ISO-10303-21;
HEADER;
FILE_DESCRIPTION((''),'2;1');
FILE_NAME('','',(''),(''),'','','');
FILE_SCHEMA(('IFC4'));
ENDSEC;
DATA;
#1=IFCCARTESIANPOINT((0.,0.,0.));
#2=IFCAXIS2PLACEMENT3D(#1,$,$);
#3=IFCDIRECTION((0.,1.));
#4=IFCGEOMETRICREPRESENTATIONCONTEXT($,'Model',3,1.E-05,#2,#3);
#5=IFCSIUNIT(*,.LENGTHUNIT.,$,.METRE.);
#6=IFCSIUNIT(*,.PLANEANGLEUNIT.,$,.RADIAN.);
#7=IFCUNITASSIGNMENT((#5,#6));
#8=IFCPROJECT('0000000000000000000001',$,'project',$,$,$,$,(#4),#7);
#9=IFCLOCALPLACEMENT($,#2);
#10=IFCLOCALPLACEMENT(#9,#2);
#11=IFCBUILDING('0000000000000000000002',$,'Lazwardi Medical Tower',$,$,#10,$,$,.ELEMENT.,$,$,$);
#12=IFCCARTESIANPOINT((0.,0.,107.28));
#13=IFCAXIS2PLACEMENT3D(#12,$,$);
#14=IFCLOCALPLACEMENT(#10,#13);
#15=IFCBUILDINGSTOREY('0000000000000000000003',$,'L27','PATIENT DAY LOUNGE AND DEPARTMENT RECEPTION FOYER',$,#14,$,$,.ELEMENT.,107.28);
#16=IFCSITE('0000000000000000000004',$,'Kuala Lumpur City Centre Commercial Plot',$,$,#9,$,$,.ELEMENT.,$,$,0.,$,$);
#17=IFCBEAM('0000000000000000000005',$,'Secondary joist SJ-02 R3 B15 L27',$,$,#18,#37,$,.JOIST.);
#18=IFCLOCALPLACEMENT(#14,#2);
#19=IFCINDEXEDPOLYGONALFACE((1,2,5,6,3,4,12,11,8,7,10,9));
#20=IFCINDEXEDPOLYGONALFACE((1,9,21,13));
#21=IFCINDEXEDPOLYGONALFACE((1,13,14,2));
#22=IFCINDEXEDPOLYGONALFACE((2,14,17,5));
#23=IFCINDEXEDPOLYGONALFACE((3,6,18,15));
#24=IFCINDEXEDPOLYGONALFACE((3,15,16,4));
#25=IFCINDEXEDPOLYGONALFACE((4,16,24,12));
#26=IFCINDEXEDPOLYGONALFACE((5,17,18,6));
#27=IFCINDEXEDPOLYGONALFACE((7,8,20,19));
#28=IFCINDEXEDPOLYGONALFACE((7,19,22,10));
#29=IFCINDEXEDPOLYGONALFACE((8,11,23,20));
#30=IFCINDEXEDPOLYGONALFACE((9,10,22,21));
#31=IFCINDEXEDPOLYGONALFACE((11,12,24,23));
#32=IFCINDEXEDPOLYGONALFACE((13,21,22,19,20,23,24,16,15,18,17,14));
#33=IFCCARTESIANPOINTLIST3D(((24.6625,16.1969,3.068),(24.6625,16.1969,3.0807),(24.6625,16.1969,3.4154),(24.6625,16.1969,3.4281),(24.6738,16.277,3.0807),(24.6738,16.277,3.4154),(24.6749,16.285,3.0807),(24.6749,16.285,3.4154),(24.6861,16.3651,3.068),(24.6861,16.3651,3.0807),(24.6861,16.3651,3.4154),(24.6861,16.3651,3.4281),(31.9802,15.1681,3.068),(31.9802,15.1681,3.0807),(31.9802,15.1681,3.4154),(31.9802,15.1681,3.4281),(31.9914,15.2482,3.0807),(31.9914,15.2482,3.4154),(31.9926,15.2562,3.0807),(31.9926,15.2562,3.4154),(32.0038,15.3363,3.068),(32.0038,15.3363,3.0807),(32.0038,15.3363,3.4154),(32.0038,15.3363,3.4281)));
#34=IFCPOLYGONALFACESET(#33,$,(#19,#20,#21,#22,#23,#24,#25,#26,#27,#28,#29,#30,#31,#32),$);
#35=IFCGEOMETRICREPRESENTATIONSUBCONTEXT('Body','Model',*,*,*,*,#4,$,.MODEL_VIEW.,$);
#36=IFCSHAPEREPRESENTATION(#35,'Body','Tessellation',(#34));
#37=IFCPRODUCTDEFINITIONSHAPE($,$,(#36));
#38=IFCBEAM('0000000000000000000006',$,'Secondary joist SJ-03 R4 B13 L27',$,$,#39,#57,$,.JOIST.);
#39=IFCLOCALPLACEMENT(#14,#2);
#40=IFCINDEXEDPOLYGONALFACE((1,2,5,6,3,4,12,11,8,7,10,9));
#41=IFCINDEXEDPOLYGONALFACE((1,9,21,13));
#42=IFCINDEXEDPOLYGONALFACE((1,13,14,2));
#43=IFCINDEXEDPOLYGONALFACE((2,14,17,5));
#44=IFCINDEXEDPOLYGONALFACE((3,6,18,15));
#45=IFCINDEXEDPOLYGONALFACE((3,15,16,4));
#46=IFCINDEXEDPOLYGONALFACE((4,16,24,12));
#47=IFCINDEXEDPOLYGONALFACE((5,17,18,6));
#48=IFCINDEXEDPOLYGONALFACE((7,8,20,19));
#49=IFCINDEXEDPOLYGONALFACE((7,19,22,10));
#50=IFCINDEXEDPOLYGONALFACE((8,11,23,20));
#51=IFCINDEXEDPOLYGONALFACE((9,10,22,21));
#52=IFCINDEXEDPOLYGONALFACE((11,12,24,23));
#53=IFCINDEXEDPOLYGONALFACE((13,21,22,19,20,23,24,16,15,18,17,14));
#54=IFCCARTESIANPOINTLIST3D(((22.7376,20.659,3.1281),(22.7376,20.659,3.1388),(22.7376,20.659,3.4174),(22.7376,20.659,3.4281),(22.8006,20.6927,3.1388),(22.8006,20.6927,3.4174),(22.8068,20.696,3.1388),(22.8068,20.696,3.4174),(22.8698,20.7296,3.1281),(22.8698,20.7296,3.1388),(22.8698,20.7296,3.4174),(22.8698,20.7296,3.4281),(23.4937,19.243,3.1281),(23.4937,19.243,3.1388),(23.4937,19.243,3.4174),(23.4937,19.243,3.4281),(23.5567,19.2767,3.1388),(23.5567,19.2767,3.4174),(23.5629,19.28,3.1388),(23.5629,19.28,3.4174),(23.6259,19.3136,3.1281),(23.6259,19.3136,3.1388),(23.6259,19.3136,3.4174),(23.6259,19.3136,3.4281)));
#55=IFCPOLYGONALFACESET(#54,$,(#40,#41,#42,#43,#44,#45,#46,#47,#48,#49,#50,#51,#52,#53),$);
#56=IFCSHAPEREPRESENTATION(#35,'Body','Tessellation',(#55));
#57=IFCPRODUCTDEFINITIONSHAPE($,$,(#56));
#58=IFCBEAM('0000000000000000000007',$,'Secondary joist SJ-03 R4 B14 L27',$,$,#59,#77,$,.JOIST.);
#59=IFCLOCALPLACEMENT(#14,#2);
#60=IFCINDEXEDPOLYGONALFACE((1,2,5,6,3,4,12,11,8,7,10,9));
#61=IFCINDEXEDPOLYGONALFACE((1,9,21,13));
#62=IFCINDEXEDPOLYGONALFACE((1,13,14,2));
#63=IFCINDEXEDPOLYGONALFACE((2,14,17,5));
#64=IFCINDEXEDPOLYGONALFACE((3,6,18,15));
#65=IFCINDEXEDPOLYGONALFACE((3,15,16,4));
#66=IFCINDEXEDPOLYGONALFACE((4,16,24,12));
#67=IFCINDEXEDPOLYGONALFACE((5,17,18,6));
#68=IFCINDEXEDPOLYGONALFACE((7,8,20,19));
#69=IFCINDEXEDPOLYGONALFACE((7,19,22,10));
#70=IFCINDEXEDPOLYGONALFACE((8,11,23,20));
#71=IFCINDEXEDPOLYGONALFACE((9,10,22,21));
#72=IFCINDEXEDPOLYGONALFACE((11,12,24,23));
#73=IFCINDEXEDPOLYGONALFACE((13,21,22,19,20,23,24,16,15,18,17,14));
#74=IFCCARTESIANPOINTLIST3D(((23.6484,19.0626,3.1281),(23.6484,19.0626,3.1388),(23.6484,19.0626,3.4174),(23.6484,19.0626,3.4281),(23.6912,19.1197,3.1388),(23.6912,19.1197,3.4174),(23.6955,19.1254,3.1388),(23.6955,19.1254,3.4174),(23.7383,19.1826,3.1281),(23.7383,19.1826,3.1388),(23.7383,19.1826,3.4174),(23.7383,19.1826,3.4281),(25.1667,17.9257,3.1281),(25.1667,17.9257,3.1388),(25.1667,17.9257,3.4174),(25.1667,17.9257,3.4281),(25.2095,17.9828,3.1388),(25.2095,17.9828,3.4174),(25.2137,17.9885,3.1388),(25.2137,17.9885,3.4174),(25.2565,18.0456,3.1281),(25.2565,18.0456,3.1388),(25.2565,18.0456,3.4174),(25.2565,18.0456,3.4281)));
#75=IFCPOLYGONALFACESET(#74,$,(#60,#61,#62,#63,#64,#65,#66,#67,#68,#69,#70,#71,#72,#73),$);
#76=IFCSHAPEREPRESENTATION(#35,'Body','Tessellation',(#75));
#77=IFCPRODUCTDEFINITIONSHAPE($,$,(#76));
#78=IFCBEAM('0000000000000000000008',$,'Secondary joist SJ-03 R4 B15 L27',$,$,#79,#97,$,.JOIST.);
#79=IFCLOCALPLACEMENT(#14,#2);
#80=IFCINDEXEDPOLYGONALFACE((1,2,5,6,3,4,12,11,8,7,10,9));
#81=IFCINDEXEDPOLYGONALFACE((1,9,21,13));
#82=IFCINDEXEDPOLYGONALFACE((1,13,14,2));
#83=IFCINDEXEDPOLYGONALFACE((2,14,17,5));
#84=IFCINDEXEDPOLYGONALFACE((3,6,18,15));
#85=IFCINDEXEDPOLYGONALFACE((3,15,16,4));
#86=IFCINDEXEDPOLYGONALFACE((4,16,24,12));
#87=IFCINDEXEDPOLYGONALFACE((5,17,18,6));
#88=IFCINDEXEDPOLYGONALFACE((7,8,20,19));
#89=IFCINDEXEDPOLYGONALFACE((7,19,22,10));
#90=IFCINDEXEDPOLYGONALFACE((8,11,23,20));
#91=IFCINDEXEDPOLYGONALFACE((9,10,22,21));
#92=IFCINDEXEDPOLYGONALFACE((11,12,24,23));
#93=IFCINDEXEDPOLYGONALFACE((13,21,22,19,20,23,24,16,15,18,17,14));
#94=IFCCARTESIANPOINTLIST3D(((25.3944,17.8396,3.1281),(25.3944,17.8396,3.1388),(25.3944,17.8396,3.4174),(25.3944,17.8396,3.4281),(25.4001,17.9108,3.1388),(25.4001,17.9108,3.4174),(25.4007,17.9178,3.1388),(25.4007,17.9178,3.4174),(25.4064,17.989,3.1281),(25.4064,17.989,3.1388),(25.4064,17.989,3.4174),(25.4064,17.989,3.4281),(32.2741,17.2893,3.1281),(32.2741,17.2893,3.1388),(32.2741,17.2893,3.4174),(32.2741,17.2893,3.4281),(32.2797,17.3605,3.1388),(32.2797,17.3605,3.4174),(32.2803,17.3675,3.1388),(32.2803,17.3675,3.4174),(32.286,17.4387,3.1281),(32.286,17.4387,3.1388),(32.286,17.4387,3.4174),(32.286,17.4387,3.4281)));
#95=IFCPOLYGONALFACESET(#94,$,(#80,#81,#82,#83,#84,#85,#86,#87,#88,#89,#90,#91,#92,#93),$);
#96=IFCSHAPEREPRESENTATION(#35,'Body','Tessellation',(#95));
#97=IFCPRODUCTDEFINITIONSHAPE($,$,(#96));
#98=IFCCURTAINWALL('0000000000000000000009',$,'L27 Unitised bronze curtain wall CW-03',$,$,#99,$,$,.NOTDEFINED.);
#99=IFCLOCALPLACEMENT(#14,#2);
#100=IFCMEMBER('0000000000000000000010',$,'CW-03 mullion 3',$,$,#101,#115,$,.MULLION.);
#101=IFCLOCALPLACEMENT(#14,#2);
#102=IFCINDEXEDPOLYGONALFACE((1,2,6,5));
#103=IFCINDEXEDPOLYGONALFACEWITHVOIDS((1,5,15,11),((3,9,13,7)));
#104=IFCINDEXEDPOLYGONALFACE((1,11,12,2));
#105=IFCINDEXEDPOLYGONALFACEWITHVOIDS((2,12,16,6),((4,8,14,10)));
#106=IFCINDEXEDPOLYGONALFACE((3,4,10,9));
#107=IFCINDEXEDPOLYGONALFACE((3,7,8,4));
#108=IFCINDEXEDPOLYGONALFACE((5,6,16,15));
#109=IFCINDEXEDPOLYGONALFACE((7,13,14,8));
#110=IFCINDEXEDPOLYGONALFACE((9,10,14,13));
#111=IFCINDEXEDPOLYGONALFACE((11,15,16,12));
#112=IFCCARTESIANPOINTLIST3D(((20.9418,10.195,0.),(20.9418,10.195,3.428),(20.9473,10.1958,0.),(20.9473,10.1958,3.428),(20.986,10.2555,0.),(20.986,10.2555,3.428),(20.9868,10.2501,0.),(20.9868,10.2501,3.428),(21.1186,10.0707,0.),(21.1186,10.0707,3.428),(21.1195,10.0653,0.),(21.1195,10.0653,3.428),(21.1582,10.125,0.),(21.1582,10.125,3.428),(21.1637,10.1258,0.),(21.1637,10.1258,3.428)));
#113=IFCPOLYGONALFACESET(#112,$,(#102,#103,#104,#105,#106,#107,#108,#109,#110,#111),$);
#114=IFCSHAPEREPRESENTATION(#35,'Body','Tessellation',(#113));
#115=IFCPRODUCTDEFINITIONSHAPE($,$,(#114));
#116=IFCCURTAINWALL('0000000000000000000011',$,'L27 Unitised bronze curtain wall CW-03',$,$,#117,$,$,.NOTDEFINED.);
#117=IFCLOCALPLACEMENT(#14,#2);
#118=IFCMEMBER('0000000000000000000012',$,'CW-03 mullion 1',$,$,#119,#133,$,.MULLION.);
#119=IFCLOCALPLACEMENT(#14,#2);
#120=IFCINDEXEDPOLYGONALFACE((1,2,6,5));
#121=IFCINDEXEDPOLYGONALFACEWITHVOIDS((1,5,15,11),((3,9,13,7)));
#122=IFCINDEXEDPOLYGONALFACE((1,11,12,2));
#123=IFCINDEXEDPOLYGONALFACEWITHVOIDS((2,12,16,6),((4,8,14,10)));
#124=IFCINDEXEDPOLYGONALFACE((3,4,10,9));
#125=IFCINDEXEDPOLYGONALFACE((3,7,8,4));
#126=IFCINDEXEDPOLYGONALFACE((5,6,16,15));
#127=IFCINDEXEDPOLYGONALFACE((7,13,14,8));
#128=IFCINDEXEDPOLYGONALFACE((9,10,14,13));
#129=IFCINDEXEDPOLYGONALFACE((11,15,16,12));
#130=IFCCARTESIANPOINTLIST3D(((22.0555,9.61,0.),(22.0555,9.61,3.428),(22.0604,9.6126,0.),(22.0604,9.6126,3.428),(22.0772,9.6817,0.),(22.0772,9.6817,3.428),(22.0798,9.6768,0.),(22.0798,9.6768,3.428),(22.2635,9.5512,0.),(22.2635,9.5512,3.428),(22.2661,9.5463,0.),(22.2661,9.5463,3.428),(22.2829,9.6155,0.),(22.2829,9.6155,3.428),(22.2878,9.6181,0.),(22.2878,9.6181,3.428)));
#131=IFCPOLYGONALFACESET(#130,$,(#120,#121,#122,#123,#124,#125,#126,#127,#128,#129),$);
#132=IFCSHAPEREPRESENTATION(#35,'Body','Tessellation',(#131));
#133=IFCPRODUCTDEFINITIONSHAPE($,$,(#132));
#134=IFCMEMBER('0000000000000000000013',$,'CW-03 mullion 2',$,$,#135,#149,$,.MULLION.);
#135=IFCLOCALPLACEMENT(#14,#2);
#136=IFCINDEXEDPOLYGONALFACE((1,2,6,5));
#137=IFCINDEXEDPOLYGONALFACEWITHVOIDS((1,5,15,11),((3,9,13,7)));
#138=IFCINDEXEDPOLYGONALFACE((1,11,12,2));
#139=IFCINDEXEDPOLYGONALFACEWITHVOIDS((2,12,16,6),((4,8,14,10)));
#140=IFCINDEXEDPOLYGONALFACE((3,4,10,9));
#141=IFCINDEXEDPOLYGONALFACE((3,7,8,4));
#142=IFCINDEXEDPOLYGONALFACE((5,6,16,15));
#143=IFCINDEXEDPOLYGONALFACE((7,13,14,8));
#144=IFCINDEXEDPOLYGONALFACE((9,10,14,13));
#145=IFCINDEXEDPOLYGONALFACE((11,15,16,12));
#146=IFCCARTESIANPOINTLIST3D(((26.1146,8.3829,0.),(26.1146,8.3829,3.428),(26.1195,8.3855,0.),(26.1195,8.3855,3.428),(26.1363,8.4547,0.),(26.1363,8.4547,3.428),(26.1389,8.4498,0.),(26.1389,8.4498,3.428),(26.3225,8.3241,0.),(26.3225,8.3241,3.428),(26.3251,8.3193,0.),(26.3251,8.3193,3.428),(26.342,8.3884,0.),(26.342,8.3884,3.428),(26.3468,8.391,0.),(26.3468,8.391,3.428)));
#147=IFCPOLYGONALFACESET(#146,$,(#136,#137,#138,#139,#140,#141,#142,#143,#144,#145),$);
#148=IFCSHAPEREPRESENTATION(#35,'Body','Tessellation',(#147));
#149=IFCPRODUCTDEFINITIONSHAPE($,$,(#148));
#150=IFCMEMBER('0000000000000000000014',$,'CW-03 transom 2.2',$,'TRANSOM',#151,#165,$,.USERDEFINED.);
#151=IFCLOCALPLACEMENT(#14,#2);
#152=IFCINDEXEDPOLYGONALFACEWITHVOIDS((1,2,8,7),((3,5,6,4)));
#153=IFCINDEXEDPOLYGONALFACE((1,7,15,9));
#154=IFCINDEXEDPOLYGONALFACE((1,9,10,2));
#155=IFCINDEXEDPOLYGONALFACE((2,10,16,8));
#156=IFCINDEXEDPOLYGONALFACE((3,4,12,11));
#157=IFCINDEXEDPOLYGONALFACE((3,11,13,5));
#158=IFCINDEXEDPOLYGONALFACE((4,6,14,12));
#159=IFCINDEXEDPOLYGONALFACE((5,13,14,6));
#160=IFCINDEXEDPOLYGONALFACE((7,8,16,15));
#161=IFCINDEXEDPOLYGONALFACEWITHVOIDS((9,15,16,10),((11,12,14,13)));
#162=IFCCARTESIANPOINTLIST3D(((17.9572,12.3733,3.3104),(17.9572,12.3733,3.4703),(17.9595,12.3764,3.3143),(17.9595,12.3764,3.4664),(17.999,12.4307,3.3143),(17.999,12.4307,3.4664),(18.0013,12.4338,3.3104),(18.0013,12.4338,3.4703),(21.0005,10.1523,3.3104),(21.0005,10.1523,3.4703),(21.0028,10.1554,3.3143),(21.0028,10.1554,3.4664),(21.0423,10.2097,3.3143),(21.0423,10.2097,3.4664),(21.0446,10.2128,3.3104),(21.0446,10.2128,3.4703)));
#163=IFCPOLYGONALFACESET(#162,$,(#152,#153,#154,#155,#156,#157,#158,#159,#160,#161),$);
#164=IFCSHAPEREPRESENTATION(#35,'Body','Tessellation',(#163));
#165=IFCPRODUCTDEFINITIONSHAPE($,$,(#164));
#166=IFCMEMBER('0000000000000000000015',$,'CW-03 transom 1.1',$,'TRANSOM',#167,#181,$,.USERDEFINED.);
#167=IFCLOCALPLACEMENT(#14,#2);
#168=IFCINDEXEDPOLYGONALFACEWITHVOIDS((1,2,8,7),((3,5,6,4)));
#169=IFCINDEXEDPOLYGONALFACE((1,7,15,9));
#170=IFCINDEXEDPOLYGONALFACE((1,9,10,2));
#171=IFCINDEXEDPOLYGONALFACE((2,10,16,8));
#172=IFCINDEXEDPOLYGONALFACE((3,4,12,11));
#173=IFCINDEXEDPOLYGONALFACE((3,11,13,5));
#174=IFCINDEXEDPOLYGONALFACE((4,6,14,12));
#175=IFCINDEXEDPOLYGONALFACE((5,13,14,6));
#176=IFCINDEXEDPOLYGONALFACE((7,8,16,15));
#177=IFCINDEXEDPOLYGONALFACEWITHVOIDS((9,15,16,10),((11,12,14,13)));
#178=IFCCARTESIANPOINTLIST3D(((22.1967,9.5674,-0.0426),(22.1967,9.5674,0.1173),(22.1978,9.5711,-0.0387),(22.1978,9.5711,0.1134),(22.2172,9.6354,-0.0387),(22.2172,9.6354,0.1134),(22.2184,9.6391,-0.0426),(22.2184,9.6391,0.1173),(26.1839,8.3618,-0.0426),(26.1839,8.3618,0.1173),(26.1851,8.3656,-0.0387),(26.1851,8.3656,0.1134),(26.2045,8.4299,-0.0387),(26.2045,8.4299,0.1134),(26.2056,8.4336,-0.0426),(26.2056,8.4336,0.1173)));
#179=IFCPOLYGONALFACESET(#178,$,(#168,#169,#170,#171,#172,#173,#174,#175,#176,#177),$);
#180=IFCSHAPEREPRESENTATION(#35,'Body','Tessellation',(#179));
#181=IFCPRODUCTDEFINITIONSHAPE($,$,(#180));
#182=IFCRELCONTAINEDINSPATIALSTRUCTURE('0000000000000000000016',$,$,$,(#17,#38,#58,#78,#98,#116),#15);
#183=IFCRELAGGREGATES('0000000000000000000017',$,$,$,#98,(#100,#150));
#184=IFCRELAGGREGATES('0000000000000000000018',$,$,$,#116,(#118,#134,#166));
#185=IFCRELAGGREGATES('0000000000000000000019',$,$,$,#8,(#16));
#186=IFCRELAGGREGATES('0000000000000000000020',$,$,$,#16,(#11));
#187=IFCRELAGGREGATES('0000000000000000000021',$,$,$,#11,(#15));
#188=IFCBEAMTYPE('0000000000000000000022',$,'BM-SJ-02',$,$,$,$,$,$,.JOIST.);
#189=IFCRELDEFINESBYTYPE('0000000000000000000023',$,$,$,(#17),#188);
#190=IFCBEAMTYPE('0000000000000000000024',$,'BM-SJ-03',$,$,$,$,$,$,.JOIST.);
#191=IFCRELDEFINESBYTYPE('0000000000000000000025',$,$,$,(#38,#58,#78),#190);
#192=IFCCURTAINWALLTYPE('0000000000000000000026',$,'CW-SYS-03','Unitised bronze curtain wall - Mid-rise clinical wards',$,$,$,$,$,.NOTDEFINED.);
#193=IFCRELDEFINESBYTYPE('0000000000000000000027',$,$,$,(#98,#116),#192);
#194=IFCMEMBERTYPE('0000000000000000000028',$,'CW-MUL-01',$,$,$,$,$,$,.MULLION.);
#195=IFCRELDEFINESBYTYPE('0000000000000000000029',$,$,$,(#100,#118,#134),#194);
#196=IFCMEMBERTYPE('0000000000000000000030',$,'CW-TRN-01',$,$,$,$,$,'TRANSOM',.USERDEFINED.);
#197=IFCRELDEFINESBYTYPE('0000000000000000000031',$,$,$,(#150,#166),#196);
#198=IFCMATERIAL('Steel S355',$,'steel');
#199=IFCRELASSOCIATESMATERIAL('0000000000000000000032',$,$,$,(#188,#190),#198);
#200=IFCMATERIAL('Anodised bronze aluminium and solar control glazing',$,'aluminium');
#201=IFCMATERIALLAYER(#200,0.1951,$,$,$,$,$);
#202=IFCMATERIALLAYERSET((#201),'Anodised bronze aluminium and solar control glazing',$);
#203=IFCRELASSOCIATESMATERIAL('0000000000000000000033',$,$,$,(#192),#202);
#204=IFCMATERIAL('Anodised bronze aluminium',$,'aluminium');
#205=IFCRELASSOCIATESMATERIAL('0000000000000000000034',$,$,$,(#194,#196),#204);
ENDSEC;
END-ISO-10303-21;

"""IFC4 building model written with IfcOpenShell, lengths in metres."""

from ifc_helpers import new_model, si_unit, direction, frame, origin, origin_2d, place, context, subcontext, project, spatial, hollow_rectangle, i_section, extrude, material, layer, layer_set, material_profile, profile_set, type_object, element, aggregate, save


model = new_model("IFC4")

# Units and contexts
model_context = context("Model", 3, precision=1e-05, world=origin(), true_north=direction((0.0, 1.0)))
body_context = subcontext(model_context, "Body", "Model", "MODEL_VIEW")
ifc_project = project(units=[si_unit("LENGTHUNIT", "METRE"), si_unit("PLANEANGLEUNIT", "RADIAN")], contexts=[model_context])

# Site, building, storey
site_placement = place(None, origin())
site = spatial("IfcSite", under=ifc_project, at=site_placement, Name="Kuala Lumpur City Centre Commercial Plot", CompositionType="ELEMENT", RefElevation=0.0)
building_placement = place(site_placement, origin())
building = spatial("IfcBuilding", under=site, at=building_placement, Name="Lazwardi Medical Tower", CompositionType="ELEMENT")
storey_placement = place(building_placement, frame((0.0, 0.0, 107.28)))
storey = spatial("IfcBuildingStorey", under=building, at=storey_placement, Name="L27", Description="PATIENT DAY LOUNGE AND DEPARTMENT RECEPTION FOYER", CompositionType="ELEMENT", Elevation=107.28)

# Beams
ifc_material_1 = material(Name="Steel S355", Category="steel")
ifc_material_profile_1 = material_profile(ifc_material_1, i_section(OverallWidth=0.1699, OverallDepth=0.3601, WebThickness=0.0081, FlangeThickness=0.0127, at=origin_2d()), Name="IPE 360")
ifc_profile_set_1 = profile_set([ifc_material_profile_1], Name="Steel S355")
beam_type_1 = type_object("IfcBeamType", Name="BM-SJ-02", PredefinedType="JOIST", material=ifc_profile_set_1)
beam_1_placement = place(storey_placement, frame((24.6743, 16.281, 3.248), z_axis=(0.990261, -0.139224, 0.0), x_axis=(0.139224, 0.990261, 0.0)))
element("IfcBeam", 1, at=beam_1_placement, inside=storey, type_object=beam_type_1, Name="Secondary joist SJ-02 R3 B15 L27", PredefinedType="JOIST", context=body_context, shape_type="SweptSolid", body=[
    extrude(i_section(OverallWidth=0.1699, OverallDepth=0.3601, WebThickness=0.0081, FlangeThickness=0.0127, at=origin_2d()), origin(), (0.0, 0.0, 1.0), 7.3896),
])
ifc_material_profile_2 = material_profile(ifc_material_1, i_section(OverallWidth=0.1499, OverallDepth=0.3, WebThickness=0.0071, FlangeThickness=0.0107, at=origin_2d()), Name="IPE 300")
ifc_profile_set_2 = profile_set([ifc_material_profile_2], Name="Steel S355")
beam_type_2 = type_object("IfcBeamType", Name="BM-SJ-03", PredefinedType="JOIST", material=ifc_profile_set_2)
beam_2_placement = place(storey_placement, frame((22.8037, 20.6943, 3.2781), z_axis=(0.471022, -0.882121, 0.0), x_axis=(0.882121, 0.471022, 0.0)))
element("IfcBeam", 2, at=beam_2_placement, inside=storey, type_object=beam_type_2, Name="Secondary joist SJ-03 R4 B13 L27", PredefinedType="JOIST", context=body_context, shape_type="SweptSolid", body=[
    extrude(i_section(OverallWidth=0.1499, OverallDepth=0.3, WebThickness=0.0071, FlangeThickness=0.0107, at=origin_2d()), origin(), (0.0, 0.0, 1.0), 1.6052),
])
beam_3_placement = place(storey_placement, frame((23.6934, 19.1226, 3.2781), z_axis=(0.800448, -0.599403, 0.0), x_axis=(0.599403, 0.800448, 0.0)))
element("IfcBeam", 3, at=beam_3_placement, inside=storey, type_object=beam_type_2, Name="Secondary joist SJ-03 R4 B14 L27", PredefinedType="JOIST", context=body_context, shape_type="SweptSolid", body=[
    extrude(i_section(OverallWidth=0.1499, OverallDepth=0.3, WebThickness=0.0071, FlangeThickness=0.0107, at=origin_2d()), origin(), (0.0, 0.0, 1.0), 1.8967),
])
beam_4_placement = place(storey_placement, frame((25.4004, 17.9143, 3.2781), z_axis=(0.996816, -0.079734, 0.0), x_axis=(0.079734, 0.996816, 0.0)))
element("IfcBeam", 4, at=beam_4_placement, inside=storey, type_object=beam_type_2, Name="Secondary joist SJ-03 R4 B15 L27", PredefinedType="JOIST", context=body_context, shape_type="SweptSolid", body=[
    extrude(i_section(OverallWidth=0.1499, OverallDepth=0.3, WebThickness=0.0071, FlangeThickness=0.0107, at=origin_2d()), origin(), (0.0, 0.0, 1.0), 6.9016),
])

# Curtain wall, member
ifc_material_2 = material(Name="Anodised bronze aluminium and solar control glazing", Category="aluminium")
ifc_layer_1 = layer(ifc_material_2, 0.1951)
ifc_layer_set_1 = layer_set([ifc_layer_1], Name="Anodised bronze aluminium and solar control glazing")
curtain_wall_type = type_object("IfcCurtainWallType", Name="CW-SYS-03", Description="Unitised bronze curtain wall - Mid-rise clinical wards", PredefinedType="NOTDEFINED", material=ifc_layer_set_1)
curtain_wall_1_placement = place(storey_placement, origin())
curtain_wall_1 = element("IfcCurtainWall", 5, at=curtain_wall_1_placement, inside=storey, type_object=curtain_wall_type, Name="L27 Unitised bronze curtain wall CW-03", PredefinedType="NOTDEFINED")
ifc_material_3 = material(Name="Anodised bronze aluminium", Category="aluminium")
ifc_material_profile_3 = material_profile(ifc_material_3, hollow_rectangle(XDim=0.075, YDim=0.22, WallThickness=0.0039, at=origin_2d()), Name="ALU-MULLION 220x75x4")
ifc_profile_set_3 = profile_set([ifc_material_profile_3], Name="Anodised bronze aluminium")
member_type_1 = type_object("IfcMemberType", Name="CW-MUL-01", PredefinedType="MULLION", material=ifc_profile_set_3)
member_1_placement = place(storey_placement, frame((21.0527, 10.1604, 0.0), z_axis=(0.0, 0.0, 1.0), x_axis=(0.589531, 0.807746, 0.0)))
member_1 = element("IfcMember", 6, at=member_1_placement, type_object=member_type_1, Name="CW-03 mullion 3", PredefinedType="MULLION", context=body_context, shape_type="SweptSolid", body=[
    extrude(hollow_rectangle(XDim=0.075, YDim=0.22, WallThickness=0.0039, at=origin_2d()), origin(), (0.0, 0.0, 1.0), 3.428),
])

# Curtain wall, members
curtain_wall_2_placement = place(storey_placement, origin())
curtain_wall_2 = element("IfcCurtainWall", 7, at=curtain_wall_2_placement, inside=storey, type_object=curtain_wall_type, Name="L27 Unitised bronze curtain wall CW-03", PredefinedType="NOTDEFINED")
member_2_placement = place(storey_placement, frame((22.1716, 9.614, 0.0), z_axis=(0.0, 0.0, 1.0), x_axis=(0.289374, 0.957216, 0.0)))
member_2 = element("IfcMember", 8, at=member_2_placement, type_object=member_type_1, Name="CW-03 mullion 1", PredefinedType="MULLION", context=body_context, shape_type="SweptSolid", body=[
    extrude(hollow_rectangle(XDim=0.075, YDim=0.22, WallThickness=0.0039, at=origin_2d()), origin(), (0.0, 0.0, 1.0), 3.428),
])
member_3_placement = place(storey_placement, frame((26.2307, 8.387, 0.0), z_axis=(0.0, 0.0, 1.0), x_axis=(0.289374, 0.957216, 0.0)))
member_3 = element("IfcMember", 9, at=member_3_placement, type_object=member_type_1, Name="CW-03 mullion 2", PredefinedType="MULLION", context=body_context, shape_type="SweptSolid", body=[
    extrude(hollow_rectangle(XDim=0.075, YDim=0.22, WallThickness=0.0039, at=origin_2d()), origin(), (0.0, 0.0, 1.0), 3.428),
])

# Members
ifc_material_profile_4 = material_profile(ifc_material_3, hollow_rectangle(XDim=0.075, YDim=0.1599, WallThickness=0.0039, at=origin_2d()), Name="ALU-TRANSOM 160x75x4")
ifc_profile_set_4 = profile_set([ifc_material_profile_4], Name="Anodised bronze aluminium")
member_type_2 = type_object("IfcMemberType", Name="CW-TRN-01", ElementType="TRANSOM", PredefinedType="USERDEFINED", material=ifc_profile_set_4)
member_4_placement = place(storey_placement, frame((17.9792, 12.4036, 3.3904), z_axis=(0.807763, -0.589508, 0.0), x_axis=(0.589508, 0.807763, 0.0)))
member_4 = element("IfcMember", 10, at=member_4_placement, type_object=member_type_2, Name="CW-03 transom 2.2", ObjectType="TRANSOM", PredefinedType="USERDEFINED", context=body_context, shape_type="SweptSolid", body=[
    extrude(hollow_rectangle(XDim=0.075, YDim=0.1599, WallThickness=0.0039, at=origin_2d()), origin(), (0.0, 0.0, 1.0), 3.7676),
])
member_5_placement = place(storey_placement, frame((22.2075, 9.6033, 0.0374), z_axis=(0.957205, -0.289412, 0.0), x_axis=(0.289412, 0.957205, 0.0)))
member_5 = element("IfcMember", 11, at=member_5_placement, type_object=member_type_2, Name="CW-03 transom 1.1", ObjectType="TRANSOM", PredefinedType="USERDEFINED", context=body_context, shape_type="SweptSolid", body=[
    extrude(hollow_rectangle(XDim=0.075, YDim=0.1599, WallThickness=0.0039, at=origin_2d()), origin(), (0.0, 0.0, 1.0), 4.1655),
])

aggregate(curtain_wall_1, [member_1, member_4])
aggregate(curtain_wall_2, [member_2, member_3, member_5])

save(model, "model.ifc")
